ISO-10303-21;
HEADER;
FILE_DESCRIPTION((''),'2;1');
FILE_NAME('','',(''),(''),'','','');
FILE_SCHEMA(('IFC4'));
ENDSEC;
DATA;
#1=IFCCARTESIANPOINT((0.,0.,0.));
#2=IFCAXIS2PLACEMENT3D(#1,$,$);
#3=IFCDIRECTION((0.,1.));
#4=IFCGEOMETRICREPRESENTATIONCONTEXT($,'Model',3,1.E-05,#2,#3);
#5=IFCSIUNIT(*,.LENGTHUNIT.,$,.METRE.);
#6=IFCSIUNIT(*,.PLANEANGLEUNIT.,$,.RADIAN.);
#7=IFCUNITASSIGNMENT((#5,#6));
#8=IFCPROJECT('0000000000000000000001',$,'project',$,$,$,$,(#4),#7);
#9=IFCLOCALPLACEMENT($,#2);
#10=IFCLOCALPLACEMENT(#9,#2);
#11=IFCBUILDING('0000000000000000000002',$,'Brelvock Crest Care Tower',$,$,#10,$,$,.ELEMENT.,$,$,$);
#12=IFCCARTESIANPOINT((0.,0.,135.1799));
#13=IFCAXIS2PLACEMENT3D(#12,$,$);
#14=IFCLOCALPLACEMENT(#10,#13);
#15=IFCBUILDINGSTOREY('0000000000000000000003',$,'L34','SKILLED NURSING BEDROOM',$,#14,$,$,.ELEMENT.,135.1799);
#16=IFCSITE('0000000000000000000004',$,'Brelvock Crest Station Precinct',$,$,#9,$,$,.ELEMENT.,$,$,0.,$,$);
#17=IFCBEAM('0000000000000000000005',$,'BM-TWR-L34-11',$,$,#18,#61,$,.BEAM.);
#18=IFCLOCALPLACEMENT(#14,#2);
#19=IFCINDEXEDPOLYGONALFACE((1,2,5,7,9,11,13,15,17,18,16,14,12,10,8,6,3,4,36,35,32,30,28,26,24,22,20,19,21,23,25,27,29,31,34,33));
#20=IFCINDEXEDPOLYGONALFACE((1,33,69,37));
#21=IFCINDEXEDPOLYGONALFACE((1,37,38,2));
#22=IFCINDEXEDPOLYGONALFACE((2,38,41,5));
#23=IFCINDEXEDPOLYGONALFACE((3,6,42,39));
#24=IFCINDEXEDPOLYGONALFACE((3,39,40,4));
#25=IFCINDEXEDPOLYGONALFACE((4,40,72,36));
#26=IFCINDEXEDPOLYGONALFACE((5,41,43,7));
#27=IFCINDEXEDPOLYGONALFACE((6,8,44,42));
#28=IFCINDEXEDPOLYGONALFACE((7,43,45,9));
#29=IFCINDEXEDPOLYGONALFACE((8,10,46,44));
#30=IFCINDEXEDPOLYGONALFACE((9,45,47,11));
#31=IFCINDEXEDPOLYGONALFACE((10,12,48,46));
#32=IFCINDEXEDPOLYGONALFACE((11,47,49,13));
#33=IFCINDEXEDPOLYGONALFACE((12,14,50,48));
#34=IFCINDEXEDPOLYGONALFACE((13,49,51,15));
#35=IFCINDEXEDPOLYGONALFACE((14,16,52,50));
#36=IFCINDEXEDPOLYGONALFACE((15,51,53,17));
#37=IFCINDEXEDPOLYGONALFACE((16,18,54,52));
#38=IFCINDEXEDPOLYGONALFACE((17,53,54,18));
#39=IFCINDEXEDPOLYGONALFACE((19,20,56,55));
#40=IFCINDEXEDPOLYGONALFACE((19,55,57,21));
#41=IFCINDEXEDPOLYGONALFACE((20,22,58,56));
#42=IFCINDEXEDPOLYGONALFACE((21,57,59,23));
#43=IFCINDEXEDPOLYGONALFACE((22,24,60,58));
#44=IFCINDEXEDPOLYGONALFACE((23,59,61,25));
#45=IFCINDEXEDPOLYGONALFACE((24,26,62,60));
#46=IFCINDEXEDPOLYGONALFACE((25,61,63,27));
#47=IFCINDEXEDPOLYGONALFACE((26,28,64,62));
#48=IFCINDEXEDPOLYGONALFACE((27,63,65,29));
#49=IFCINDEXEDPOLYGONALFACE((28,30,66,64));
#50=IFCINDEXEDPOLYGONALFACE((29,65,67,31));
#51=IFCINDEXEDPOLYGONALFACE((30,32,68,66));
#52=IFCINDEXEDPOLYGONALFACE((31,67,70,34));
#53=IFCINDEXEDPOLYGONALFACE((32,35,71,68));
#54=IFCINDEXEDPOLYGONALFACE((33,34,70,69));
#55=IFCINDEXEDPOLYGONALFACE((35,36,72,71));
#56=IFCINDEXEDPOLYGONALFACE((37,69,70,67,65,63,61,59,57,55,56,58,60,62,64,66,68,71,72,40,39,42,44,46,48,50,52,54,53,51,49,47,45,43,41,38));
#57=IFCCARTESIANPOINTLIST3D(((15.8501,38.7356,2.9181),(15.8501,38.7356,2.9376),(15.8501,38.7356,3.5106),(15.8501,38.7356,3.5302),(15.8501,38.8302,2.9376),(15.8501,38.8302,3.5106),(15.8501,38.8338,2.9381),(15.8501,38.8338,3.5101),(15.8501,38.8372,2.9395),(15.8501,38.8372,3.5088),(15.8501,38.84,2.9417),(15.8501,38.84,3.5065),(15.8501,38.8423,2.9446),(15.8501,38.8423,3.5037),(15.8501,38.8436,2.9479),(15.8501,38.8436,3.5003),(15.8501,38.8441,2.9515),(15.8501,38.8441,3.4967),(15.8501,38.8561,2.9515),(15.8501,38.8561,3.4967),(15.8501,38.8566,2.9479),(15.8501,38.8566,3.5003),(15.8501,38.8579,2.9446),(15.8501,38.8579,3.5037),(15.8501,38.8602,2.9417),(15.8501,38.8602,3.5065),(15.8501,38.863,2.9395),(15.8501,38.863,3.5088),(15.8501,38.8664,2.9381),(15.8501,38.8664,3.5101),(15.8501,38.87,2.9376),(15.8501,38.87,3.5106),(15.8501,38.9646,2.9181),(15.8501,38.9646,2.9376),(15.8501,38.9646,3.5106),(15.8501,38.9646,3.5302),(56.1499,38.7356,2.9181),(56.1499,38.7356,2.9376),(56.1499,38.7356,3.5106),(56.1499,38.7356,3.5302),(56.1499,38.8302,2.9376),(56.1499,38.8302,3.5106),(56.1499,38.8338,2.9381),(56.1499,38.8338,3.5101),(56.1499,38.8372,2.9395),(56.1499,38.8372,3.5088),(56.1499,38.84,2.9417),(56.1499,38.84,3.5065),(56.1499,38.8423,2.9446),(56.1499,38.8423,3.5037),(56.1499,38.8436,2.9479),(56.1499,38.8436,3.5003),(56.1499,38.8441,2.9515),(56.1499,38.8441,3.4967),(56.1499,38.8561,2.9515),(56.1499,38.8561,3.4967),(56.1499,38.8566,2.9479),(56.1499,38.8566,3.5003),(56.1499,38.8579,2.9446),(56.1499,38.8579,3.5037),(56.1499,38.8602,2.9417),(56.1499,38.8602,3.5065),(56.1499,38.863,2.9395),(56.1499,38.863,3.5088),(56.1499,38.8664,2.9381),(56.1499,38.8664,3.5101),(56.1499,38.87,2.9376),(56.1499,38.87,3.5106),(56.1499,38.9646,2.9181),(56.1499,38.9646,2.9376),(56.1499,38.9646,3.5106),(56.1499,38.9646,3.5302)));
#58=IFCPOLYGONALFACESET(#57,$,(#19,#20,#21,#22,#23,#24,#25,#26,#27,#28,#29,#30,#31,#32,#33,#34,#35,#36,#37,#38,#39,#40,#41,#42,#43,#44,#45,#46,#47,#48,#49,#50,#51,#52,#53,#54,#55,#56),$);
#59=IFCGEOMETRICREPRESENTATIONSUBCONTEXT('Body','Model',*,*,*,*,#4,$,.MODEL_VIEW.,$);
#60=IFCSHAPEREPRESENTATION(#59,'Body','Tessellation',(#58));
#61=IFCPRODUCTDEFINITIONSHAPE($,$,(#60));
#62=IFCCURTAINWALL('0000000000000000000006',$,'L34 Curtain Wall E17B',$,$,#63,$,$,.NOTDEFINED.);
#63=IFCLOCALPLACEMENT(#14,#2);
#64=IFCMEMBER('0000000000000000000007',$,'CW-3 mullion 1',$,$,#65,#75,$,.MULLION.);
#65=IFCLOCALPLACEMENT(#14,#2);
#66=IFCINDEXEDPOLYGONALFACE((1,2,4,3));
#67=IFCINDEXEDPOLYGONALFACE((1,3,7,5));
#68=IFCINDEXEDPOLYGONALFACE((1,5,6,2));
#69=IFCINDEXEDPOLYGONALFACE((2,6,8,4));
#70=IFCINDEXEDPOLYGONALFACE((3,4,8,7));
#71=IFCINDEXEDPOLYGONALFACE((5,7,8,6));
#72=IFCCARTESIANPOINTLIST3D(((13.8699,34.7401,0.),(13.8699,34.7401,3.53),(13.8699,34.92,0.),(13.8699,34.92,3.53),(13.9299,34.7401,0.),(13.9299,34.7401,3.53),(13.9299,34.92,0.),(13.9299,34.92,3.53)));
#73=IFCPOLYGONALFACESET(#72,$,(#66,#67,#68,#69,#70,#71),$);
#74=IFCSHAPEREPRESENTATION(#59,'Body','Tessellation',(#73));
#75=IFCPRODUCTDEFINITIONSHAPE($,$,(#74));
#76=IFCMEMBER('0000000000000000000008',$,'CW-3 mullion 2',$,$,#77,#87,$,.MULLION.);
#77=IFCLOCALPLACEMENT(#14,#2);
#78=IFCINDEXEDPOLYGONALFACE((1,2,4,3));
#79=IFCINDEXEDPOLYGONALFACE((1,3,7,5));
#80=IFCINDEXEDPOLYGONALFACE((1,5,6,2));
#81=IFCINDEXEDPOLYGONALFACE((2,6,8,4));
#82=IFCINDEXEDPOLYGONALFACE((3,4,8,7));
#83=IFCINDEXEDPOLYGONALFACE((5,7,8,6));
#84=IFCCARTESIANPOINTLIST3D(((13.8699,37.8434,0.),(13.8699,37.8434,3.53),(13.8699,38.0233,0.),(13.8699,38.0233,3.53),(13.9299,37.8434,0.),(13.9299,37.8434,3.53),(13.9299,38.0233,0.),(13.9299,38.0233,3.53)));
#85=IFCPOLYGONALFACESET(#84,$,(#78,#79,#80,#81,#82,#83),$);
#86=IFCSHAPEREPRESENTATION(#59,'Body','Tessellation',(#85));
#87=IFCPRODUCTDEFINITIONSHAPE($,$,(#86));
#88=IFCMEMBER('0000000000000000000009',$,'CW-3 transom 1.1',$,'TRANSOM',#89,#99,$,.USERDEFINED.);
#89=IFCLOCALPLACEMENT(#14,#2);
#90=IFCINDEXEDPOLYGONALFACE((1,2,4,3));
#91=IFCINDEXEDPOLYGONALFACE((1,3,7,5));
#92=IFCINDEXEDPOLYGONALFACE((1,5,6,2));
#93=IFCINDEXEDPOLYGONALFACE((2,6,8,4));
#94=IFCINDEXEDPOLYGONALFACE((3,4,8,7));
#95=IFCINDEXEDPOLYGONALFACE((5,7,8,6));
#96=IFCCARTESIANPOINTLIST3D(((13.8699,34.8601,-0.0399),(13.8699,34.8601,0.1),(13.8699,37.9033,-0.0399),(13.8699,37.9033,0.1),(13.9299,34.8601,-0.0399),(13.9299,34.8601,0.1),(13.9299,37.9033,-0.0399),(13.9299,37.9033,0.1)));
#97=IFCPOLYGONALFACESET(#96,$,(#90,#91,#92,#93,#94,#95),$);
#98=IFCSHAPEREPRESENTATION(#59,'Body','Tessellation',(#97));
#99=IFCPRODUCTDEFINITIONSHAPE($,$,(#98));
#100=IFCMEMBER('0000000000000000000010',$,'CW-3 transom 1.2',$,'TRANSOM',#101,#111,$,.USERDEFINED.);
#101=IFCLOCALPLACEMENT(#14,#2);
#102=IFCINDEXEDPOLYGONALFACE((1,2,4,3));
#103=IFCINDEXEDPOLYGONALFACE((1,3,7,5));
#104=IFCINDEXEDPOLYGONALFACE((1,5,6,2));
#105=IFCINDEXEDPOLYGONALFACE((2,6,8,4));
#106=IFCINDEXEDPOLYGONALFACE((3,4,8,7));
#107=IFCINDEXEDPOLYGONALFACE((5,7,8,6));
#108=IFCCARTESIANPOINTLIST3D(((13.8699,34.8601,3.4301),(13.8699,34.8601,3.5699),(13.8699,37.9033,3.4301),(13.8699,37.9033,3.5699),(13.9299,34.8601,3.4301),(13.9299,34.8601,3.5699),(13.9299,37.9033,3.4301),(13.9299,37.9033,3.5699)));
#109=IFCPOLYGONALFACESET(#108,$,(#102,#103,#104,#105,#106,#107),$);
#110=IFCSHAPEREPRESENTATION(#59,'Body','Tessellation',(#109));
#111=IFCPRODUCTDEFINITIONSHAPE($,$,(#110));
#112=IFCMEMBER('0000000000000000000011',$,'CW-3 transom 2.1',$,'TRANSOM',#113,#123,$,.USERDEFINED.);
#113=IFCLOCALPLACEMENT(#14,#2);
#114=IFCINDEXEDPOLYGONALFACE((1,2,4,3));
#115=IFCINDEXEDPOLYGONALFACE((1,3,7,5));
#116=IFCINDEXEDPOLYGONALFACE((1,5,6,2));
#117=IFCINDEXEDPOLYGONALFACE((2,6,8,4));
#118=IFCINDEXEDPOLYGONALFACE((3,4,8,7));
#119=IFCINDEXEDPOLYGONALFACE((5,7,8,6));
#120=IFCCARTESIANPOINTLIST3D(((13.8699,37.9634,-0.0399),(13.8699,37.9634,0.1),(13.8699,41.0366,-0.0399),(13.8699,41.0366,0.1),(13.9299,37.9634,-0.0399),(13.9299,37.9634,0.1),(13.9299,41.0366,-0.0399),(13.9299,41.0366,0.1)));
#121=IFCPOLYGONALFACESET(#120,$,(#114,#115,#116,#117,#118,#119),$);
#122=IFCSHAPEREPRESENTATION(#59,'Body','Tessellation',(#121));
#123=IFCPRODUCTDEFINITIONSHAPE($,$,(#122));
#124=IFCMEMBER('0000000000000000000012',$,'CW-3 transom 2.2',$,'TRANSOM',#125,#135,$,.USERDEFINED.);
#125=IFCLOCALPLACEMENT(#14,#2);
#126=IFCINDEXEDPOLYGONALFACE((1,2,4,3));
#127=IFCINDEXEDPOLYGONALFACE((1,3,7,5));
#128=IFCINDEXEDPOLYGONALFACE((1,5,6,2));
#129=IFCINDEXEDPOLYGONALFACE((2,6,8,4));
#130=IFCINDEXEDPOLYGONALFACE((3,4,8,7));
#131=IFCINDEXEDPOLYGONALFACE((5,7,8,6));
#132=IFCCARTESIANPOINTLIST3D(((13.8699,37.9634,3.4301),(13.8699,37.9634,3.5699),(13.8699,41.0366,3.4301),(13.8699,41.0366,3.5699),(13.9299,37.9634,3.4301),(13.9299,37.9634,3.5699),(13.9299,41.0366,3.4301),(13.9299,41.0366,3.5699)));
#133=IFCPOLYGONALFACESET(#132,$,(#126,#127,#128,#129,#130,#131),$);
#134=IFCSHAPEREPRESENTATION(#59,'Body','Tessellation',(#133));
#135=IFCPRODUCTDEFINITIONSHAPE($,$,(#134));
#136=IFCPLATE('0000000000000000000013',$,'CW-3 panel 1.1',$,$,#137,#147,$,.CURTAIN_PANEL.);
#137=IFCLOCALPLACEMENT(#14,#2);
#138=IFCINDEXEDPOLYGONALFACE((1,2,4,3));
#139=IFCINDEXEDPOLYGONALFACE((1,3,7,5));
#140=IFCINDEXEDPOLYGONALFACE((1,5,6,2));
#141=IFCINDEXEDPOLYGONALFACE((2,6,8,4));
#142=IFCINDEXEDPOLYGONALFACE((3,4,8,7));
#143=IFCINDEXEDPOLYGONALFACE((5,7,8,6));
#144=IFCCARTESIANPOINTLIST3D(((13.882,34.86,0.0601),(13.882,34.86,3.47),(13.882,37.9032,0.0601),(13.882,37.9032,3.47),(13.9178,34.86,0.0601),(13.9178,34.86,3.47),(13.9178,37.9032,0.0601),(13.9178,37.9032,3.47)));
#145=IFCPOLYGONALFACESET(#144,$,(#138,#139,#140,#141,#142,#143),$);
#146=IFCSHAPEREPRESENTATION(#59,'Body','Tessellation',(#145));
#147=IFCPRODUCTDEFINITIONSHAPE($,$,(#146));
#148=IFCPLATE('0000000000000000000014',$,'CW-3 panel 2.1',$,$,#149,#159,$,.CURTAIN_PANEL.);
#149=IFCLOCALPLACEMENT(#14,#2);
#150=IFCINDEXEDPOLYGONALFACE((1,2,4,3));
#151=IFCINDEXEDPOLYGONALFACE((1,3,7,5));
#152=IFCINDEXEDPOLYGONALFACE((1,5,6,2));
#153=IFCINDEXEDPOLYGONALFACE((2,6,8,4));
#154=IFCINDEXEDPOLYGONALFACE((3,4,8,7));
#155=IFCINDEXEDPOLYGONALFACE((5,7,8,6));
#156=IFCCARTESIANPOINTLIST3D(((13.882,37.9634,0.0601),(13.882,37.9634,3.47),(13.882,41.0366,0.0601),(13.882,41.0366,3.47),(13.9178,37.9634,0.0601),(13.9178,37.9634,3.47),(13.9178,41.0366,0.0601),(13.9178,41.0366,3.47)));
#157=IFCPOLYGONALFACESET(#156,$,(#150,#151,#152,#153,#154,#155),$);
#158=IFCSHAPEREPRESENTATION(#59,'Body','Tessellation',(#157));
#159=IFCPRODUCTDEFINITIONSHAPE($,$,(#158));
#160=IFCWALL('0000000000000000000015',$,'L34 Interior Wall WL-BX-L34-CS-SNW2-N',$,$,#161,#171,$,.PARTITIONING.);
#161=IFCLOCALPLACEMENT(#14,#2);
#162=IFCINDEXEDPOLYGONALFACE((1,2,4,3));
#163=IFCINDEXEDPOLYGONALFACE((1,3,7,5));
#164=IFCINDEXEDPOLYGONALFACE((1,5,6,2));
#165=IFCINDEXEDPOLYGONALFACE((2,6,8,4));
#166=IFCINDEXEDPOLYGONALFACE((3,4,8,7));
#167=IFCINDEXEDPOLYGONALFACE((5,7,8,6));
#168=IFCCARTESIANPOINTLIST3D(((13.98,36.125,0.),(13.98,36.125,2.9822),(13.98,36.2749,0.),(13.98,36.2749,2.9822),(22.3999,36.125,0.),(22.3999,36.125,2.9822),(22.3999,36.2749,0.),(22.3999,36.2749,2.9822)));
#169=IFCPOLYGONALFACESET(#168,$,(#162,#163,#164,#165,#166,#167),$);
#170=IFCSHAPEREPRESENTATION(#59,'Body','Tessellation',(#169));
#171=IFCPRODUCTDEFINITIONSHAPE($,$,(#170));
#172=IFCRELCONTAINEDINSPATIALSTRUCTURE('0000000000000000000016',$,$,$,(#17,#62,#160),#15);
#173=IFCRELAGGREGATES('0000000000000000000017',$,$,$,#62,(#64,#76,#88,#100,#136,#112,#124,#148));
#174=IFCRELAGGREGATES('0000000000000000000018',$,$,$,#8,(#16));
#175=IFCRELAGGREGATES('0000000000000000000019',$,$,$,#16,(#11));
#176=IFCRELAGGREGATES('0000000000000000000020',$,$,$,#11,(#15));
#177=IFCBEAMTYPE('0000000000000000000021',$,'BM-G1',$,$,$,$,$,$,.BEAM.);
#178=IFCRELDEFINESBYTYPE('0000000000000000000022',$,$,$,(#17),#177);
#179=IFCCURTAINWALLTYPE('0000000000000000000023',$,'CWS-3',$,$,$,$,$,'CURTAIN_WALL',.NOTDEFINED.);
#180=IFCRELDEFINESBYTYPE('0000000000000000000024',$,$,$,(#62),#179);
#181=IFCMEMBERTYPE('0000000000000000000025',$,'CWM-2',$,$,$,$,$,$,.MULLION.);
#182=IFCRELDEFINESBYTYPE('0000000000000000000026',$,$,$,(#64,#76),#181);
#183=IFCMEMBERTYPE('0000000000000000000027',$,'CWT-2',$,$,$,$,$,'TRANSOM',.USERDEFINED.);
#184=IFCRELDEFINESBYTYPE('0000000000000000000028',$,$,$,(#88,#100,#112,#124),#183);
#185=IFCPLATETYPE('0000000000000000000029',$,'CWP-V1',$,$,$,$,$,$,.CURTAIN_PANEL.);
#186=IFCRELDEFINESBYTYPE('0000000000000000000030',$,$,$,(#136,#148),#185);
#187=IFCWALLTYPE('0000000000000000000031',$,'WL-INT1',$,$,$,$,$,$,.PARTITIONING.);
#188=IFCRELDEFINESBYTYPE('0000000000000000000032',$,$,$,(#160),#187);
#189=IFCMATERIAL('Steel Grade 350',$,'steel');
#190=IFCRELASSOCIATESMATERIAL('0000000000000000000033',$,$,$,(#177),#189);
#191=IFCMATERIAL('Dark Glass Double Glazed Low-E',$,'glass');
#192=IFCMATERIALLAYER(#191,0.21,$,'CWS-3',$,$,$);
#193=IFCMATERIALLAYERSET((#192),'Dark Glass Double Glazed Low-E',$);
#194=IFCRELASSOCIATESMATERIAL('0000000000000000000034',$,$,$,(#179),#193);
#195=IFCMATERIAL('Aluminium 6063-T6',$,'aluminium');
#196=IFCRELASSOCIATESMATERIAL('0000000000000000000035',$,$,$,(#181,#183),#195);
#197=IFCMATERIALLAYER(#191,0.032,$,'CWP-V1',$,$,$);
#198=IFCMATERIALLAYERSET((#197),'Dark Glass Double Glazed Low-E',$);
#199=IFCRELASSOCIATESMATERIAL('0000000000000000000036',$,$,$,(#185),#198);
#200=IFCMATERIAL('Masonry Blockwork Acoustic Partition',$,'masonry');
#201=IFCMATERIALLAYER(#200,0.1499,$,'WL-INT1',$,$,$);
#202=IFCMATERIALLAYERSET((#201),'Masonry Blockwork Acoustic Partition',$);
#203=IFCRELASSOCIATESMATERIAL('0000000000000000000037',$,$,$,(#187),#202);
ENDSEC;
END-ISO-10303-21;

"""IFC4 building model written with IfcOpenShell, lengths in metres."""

from ifc_helpers import new_model, si_unit, direction, frame, frame_2d, origin, origin_2d, place, context, subcontext, project, spatial, rectangle, i_section, extrude, source, transform, mapped, material, layer, layer_set, material_profile, profile_set, type_object, element, aggregate, save


model = new_model("IFC4")

# Units and contexts
model_context = context("Model", 3, precision=1e-05, world=origin(), true_north=direction((0.0, 1.0)))
body_context = subcontext(model_context, "Body", "Model", "MODEL_VIEW")
ifc_project = project(units=[si_unit("LENGTHUNIT", "METRE"), si_unit("PLANEANGLEUNIT", "RADIAN")], contexts=[model_context])

# Site, building, storey
site_placement = place(None, origin())
site = spatial("IfcSite", under=ifc_project, at=site_placement, Name="Brelvock Crest Station Precinct", CompositionType="ELEMENT", RefElevation=0.0)
building_placement = place(site_placement, origin())
building = spatial("IfcBuilding", under=site, at=building_placement, Name="Brelvock Crest Care Tower", CompositionType="ELEMENT")
storey_placement = place(building_placement, frame((0.0, 0.0, 135.1799)))
storey = spatial("IfcBuildingStorey", under=building, at=storey_placement, Name="L34", Description="SKILLED NURSING BEDROOM", CompositionType="ELEMENT", Elevation=135.1799)

# Shared definitions
ifc_material_1 = material(Name="Steel Grade 350", Category="steel")

# Beam
ifc_material_profile_1 = material_profile(ifc_material_1, i_section(OverallWidth=0.229, OverallDepth=0.6121, WebThickness=0.012, FlangeThickness=0.0195, FilletRadius=0.0139, at=origin_2d()), Name="610UB125")
ifc_profile_set_1 = profile_set([ifc_material_profile_1], Name="Steel Grade 350")
beam_type_1 = type_object("IfcBeamType", Name="BM-G1", PredefinedType="BEAM", material=ifc_profile_set_1)
shared_shape_1 = source(origin(), body_context, "Body", "SweptSolid", [
    extrude(i_section(OverallWidth=0.229, OverallDepth=0.6121, WebThickness=0.012, FlangeThickness=0.0195, FilletRadius=0.0139, at=origin_2d()), origin(), (0.0, 0.0, 1.0), 40.2998),
])
beam_1_placement = place(storey_placement, frame((15.8501, 38.8501, 3.2241), z_axis=(1.0, 0.0, 0.0), x_axis=(0.0, 1.0, 0.0)))
element("IfcBeam", 1, at=beam_1_placement, inside=storey, type_object=beam_type_1, Name="BM-TWR-L34-11", PredefinedType="BEAM", context=body_context, shape_type="MappedRepresentation", body=[
    mapped(shared_shape_1, transform((0.0, 0.0, 0.0), x_axis=(1.0, 0.0, 0.0), y_axis=(0.0, 1.0, 0.0), z_axis=(0.0, 0.0, 1.0), scale=1.0)),
])

# Curtain wall, members, plates
ifc_material_2 = material(Name="Dark Glass Double Glazed Low-E", Category="glass")
ifc_layer_1 = layer(ifc_material_2, 0.21, Name="CWS-3")
ifc_layer_set_1 = layer_set([ifc_layer_1], Name="Dark Glass Double Glazed Low-E")
curtain_wall_type = type_object("IfcCurtainWallType", Name="CWS-3", ElementType="CURTAIN_WALL", PredefinedType="NOTDEFINED", material=ifc_layer_set_1)
curtain_wall_placement = place(storey_placement, origin())
curtain_wall = element("IfcCurtainWall", 2, at=curtain_wall_placement, inside=storey, type_object=curtain_wall_type, Name="L34 Curtain Wall E17B", PredefinedType="NOTDEFINED")
ifc_material_3 = material(Name="Aluminium 6063-T6", Category="aluminium")
ifc_material_profile_2 = material_profile(ifc_material_3, rectangle(XDim=0.0601, YDim=0.1799, at=origin_2d()), Name="ALU60x180")
ifc_profile_set_2 = profile_set([ifc_material_profile_2], Name="Aluminium 6063-T6")
member_type_1 = type_object("IfcMemberType", Name="CWM-2", PredefinedType="MULLION", material=ifc_profile_set_2)
shared_shape_2 = source(origin(), body_context, "Body", "SweptSolid", [
    extrude(rectangle(XDim=0.0601, YDim=0.1799, at=origin_2d()), origin(), (0.0, 0.0, 1.0), 3.53),
])
member_1_placement = place(storey_placement, frame((13.8999, 34.8301, 0.0), z_axis=(0.0, 0.0, 1.0), x_axis=(-1.0, 0.0, 0.0)))
member_1 = element("IfcMember", 3, at=member_1_placement, type_object=member_type_1, Name="CW-3 mullion 1", PredefinedType="MULLION", context=body_context, shape_type="MappedRepresentation", body=[
    mapped(shared_shape_2, transform((0.0, 0.0, 0.0), x_axis=(1.0, 0.0, 0.0), y_axis=(0.0, 1.0, 0.0), z_axis=(0.0, 0.0, 1.0), scale=1.0)),
])
member_2_placement = place(storey_placement, frame((13.8999, 37.9333, 0.0), z_axis=(0.0, 0.0, 1.0), x_axis=(-1.0, 0.0, 0.0)))
member_2 = element("IfcMember", 4, at=member_2_placement, type_object=member_type_1, Name="CW-3 mullion 2", PredefinedType="MULLION", context=body_context, shape_type="MappedRepresentation", body=[
    mapped(shared_shape_2, transform((0.0, 0.0, 0.0), x_axis=(1.0, 0.0, 0.0), y_axis=(0.0, 1.0, 0.0), z_axis=(0.0, 0.0, 1.0), scale=1.0)),
])
ifc_material_profile_3 = material_profile(ifc_material_3, rectangle(XDim=0.0601, YDim=0.1399, at=origin_2d()), Name="ALU60x140")
ifc_profile_set_3 = profile_set([ifc_material_profile_3], Name="Aluminium 6063-T6")
member_type_2 = type_object("IfcMemberType", Name="CWT-2", ElementType="TRANSOM", PredefinedType="USERDEFINED", material=ifc_profile_set_3)
shared_shape_3 = source(origin(), body_context, "Body", "SweptSolid", [
    extrude(rectangle(XDim=0.0601, YDim=0.1399, at=origin_2d()), origin(), (0.0, 0.0, 1.0), 3.0432),
])
member_3_placement = place(storey_placement, frame((13.8999, 34.8601, 0.03), z_axis=(0.0, 1.0, 0.0), x_axis=(-1.0, 0.0, 0.0)))
member_3 = element("IfcMember", 5, at=member_3_placement, type_object=member_type_2, Name="CW-3 transom 1.1", ObjectType="TRANSOM", PredefinedType="USERDEFINED", context=body_context, shape_type="MappedRepresentation", body=[
    mapped(shared_shape_3, transform((0.0, 0.0, 0.0), x_axis=(1.0, 0.0, 0.0), y_axis=(0.0, 1.0, 0.0), z_axis=(0.0, 0.0, 1.0), scale=1.0)),
])
member_4_placement = place(storey_placement, frame((13.8999, 34.8601, 3.5), z_axis=(0.0, 1.0, 0.0), x_axis=(-1.0, 0.0, 0.0)))
member_4 = element("IfcMember", 6, at=member_4_placement, type_object=member_type_2, Name="CW-3 transom 1.2", ObjectType="TRANSOM", PredefinedType="USERDEFINED", context=body_context, shape_type="MappedRepresentation", body=[
    mapped(shared_shape_3, transform((0.0, 0.0, 0.0), x_axis=(1.0, 0.0, 0.0), y_axis=(0.0, 1.0, 0.0), z_axis=(0.0, 0.0, 1.0), scale=1.0)),
])
shared_shape_4 = source(origin(), body_context, "Body", "SweptSolid", [
    extrude(rectangle(XDim=0.0601, YDim=0.1399, at=origin_2d()), origin(), (0.0, 0.0, 1.0), 3.0732),
])
member_5_placement = place(storey_placement, frame((13.8999, 37.9634, 0.03), z_axis=(0.0, 1.0, 0.0), x_axis=(-1.0, 0.0, 0.0)))
member_5 = element("IfcMember", 7, at=member_5_placement, type_object=member_type_2, Name="CW-3 transom 2.1", ObjectType="TRANSOM", PredefinedType="USERDEFINED", context=body_context, shape_type="MappedRepresentation", body=[
    mapped(shared_shape_4, transform((0.0, 0.0, 0.0), x_axis=(1.0, 0.0, 0.0), y_axis=(0.0, 1.0, 0.0), z_axis=(0.0, 0.0, 1.0), scale=1.0)),
])
member_6_placement = place(storey_placement, frame((13.8999, 37.9634, 3.5), z_axis=(0.0, 1.0, 0.0), x_axis=(-1.0, 0.0, 0.0)))
member_6 = element("IfcMember", 8, at=member_6_placement, type_object=member_type_2, Name="CW-3 transom 2.2", ObjectType="TRANSOM", PredefinedType="USERDEFINED", context=body_context, shape_type="MappedRepresentation", body=[
    mapped(shared_shape_4, transform((0.0, 0.0, 0.0), x_axis=(1.0, 0.0, 0.0), y_axis=(0.0, 1.0, 0.0), z_axis=(0.0, 0.0, 1.0), scale=1.0)),
])
ifc_layer_2 = layer(ifc_material_2, 0.032, Name="CWP-V1")
ifc_layer_set_2 = layer_set([ifc_layer_2], Name="Dark Glass Double Glazed Low-E")
plate_type = type_object("IfcPlateType", Name="CWP-V1", PredefinedType="CURTAIN_PANEL", material=ifc_layer_set_2)
shared_shape_5 = source(origin(), body_context, "Body", "SweptSolid", [
    extrude(rectangle(XDim=3.0432, YDim=0.0359, at=origin_2d()), origin(), (0.0, 0.0, 1.0), 3.4099),
])
plate_1_placement = place(storey_placement, frame((13.8999, 36.3816, 0.0601), z_axis=(0.0, 0.0, 1.0), x_axis=(0.0, 1.0, 0.0)))
plate_1 = element("IfcPlate", 9, at=plate_1_placement, type_object=plate_type, Name="CW-3 panel 1.1", PredefinedType="CURTAIN_PANEL", context=body_context, shape_type="MappedRepresentation", body=[
    mapped(shared_shape_5, transform((0.0, 0.0, 0.0), x_axis=(1.0, 0.0, 0.0), y_axis=(0.0, 1.0, 0.0), z_axis=(0.0, 0.0, 1.0), scale=1.0)),
])
shared_shape_6 = source(origin(), body_context, "Body", "SweptSolid", [
    extrude(rectangle(XDim=3.0732, YDim=0.0359, at=origin_2d()), origin(), (0.0, 0.0, 1.0), 3.4099),
])
plate_2_placement = place(storey_placement, frame((13.8999, 39.5, 0.0601), z_axis=(0.0, 0.0, 1.0), x_axis=(0.0, 1.0, 0.0)))
plate_2 = element("IfcPlate", 10, at=plate_2_placement, type_object=plate_type, Name="CW-3 panel 2.1", PredefinedType="CURTAIN_PANEL", context=body_context, shape_type="MappedRepresentation", body=[
    mapped(shared_shape_6, transform((0.0, 0.0, 0.0), x_axis=(1.0, 0.0, 0.0), y_axis=(0.0, 1.0, 0.0), z_axis=(0.0, 0.0, 1.0), scale=1.0)),
])
aggregate(curtain_wall, [member_1, member_2, member_3, member_4, plate_1, member_5, member_6, plate_2])

# Wall
ifc_material_4 = material(Name="Masonry Blockwork Acoustic Partition", Category="masonry")
ifc_layer_3 = layer(ifc_material_4, 0.1499, Name="WL-INT1")
ifc_layer_set_3 = layer_set([ifc_layer_3], Name="Masonry Blockwork Acoustic Partition")
wall_type_1 = type_object("IfcWallType", Name="WL-INT1", PredefinedType="PARTITIONING", material=ifc_layer_set_3)
wall_1_placement = place(storey_placement, frame((13.98, 36.2, 0.0), z_axis=(0.0, 0.0, 1.0), x_axis=(1.0, 0.0, 0.0)))
element("IfcWall", 11, at=wall_1_placement, inside=storey, type_object=wall_type_1, Name="L34 Interior Wall WL-BX-L34-CS-SNW2-N", PredefinedType="PARTITIONING", context=body_context, shape_type="SweptSolid", body=[
    extrude(rectangle(XDim=8.4199, YDim=0.1499, at=frame_2d((4.21, 0.0))), origin(), (0.0, 0.0, 1.0), 2.9822),
])

save(model, "model.ifc")
